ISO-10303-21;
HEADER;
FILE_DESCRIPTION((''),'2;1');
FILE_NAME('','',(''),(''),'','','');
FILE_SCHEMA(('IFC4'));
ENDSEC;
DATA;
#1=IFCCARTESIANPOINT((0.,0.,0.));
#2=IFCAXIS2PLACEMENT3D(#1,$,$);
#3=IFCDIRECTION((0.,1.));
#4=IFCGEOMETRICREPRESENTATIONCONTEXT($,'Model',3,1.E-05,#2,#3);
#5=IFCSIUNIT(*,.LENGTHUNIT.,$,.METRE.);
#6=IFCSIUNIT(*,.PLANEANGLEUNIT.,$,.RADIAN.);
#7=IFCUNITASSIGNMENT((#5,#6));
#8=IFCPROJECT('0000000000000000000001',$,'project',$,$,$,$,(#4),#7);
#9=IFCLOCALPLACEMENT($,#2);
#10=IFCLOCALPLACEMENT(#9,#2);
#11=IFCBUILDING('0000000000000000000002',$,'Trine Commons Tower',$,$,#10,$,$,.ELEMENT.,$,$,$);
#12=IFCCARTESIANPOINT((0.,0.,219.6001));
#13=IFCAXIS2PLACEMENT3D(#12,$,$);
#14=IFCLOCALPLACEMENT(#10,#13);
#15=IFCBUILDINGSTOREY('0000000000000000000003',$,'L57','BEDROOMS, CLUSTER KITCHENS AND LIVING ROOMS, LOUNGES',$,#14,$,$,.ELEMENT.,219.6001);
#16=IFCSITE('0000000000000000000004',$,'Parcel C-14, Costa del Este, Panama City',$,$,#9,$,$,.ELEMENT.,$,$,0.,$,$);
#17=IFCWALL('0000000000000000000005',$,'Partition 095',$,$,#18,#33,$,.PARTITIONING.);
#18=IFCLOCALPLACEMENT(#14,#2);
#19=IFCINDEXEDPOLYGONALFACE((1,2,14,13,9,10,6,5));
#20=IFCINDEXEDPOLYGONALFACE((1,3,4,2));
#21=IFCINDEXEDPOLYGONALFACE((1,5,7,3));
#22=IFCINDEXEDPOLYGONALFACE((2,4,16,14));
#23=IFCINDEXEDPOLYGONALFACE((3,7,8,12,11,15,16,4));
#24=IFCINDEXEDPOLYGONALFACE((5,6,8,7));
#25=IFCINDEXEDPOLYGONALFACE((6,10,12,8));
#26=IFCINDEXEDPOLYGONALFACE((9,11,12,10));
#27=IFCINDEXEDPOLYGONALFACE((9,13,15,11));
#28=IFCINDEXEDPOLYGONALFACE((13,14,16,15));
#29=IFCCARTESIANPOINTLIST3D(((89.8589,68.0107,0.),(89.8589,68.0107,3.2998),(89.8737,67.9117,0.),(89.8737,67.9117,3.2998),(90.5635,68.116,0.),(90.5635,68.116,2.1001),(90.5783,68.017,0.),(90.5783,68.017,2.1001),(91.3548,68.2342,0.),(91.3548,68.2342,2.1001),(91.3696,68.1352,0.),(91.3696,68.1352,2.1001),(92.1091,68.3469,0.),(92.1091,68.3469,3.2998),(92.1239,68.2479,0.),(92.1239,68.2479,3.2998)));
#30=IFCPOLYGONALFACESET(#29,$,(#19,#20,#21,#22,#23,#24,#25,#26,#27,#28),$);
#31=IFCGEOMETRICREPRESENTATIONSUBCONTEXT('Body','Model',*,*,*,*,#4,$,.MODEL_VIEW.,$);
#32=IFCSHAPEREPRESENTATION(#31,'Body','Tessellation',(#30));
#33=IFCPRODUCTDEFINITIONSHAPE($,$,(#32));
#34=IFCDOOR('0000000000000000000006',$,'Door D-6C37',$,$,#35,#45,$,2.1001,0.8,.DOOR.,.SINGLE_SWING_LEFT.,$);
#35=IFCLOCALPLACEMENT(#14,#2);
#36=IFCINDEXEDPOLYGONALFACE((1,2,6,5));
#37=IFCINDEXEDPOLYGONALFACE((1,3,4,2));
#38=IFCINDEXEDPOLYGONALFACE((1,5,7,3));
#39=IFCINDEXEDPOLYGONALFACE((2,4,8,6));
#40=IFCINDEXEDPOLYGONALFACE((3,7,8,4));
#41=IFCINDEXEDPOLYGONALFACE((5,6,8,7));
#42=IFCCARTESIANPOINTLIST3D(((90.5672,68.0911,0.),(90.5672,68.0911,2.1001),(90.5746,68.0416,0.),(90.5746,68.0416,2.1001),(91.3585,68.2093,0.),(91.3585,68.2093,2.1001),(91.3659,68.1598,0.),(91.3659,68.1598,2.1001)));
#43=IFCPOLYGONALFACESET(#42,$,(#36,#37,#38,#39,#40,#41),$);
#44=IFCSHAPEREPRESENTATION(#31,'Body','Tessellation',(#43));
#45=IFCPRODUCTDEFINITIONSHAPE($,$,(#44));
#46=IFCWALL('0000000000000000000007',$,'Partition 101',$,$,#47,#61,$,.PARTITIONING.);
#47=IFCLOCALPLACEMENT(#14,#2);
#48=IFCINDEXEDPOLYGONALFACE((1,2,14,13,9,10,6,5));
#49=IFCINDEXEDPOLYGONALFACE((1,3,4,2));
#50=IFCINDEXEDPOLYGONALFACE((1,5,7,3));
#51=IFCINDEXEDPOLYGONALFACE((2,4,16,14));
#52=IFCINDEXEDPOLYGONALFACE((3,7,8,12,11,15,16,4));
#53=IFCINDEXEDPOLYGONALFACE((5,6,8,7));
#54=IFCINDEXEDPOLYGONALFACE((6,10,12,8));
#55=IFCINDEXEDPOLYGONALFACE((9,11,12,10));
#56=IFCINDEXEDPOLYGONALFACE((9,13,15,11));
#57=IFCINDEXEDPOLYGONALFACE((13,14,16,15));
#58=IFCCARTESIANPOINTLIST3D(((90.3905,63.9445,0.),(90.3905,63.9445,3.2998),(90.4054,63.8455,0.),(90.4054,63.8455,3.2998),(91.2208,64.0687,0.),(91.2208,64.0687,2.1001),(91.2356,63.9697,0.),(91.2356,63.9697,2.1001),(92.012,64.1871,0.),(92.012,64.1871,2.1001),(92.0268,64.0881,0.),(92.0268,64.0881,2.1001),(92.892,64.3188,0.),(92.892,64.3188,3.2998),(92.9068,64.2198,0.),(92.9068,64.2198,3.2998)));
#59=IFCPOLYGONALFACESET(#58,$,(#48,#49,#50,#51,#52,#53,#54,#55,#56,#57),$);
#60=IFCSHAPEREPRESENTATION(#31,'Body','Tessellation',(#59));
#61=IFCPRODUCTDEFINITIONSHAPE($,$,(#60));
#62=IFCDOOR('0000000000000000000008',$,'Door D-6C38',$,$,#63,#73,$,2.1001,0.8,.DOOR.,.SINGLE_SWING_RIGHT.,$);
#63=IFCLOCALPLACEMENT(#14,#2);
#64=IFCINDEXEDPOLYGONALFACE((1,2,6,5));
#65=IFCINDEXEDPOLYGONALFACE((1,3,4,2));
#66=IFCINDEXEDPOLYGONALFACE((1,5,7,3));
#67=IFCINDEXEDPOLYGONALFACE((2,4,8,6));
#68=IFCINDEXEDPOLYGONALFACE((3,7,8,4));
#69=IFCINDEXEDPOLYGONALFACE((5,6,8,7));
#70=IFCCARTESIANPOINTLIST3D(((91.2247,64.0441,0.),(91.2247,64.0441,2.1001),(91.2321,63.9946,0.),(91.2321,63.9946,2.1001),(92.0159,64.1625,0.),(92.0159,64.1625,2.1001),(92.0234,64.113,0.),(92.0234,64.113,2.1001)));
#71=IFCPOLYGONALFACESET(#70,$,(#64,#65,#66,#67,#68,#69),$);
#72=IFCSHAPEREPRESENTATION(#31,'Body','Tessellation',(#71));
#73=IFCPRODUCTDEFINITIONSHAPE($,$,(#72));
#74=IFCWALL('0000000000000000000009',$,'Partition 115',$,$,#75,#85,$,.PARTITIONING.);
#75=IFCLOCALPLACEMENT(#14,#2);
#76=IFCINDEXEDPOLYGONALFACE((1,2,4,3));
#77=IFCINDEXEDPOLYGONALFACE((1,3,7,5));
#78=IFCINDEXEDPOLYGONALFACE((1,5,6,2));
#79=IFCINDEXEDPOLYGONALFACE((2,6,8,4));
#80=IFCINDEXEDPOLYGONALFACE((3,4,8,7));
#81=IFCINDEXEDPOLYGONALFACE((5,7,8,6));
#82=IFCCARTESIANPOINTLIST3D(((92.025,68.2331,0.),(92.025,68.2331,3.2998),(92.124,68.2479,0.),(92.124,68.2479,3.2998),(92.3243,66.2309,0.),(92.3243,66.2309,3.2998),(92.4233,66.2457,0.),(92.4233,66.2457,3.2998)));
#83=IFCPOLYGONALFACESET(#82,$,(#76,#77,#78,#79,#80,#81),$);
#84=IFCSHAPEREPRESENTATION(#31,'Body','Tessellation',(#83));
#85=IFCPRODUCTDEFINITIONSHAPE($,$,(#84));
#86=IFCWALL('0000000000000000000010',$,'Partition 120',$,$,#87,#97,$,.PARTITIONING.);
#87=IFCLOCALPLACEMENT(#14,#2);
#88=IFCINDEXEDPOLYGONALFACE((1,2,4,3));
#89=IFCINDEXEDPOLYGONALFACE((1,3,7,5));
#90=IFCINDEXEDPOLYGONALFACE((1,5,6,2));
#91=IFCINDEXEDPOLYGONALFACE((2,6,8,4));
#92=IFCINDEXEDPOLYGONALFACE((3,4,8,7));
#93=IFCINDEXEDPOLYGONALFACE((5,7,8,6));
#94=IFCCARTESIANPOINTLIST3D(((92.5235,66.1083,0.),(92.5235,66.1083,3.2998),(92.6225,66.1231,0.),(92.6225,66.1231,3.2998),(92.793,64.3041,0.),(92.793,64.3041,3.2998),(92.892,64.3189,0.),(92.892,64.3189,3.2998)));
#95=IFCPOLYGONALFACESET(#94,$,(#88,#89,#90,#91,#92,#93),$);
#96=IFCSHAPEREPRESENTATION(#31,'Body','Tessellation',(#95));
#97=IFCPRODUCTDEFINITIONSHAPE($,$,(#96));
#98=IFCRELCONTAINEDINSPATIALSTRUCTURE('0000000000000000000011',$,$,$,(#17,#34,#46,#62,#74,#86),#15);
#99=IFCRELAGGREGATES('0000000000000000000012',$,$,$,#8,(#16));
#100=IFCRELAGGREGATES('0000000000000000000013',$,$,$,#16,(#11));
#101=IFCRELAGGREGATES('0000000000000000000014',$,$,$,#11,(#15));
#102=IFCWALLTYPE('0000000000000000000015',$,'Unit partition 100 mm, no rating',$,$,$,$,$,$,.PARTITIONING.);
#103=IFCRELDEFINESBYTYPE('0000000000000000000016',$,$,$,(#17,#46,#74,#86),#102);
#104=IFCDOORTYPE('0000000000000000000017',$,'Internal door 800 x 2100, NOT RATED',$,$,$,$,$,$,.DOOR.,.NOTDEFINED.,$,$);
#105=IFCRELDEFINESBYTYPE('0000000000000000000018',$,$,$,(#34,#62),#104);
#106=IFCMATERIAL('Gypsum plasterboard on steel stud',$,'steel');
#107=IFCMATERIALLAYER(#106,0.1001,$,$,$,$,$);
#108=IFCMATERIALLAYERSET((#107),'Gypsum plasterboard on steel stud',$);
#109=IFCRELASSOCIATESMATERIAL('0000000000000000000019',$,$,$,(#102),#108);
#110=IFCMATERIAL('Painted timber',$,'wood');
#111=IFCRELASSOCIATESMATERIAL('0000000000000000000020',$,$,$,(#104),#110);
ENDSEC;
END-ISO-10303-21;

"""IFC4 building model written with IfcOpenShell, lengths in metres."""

from ifc_helpers import new_model, si_unit, direction, frame, frame_2d, origin, place, context, subcontext, project, spatial, rectangle, extrude, material, layer, layer_set, type_object, element, fill, save


model = new_model("IFC4")

# Units and contexts
model_context = context("Model", 3, precision=1e-05, world=origin(), true_north=direction((0.0, 1.0)))
body_context = subcontext(model_context, "Body", "Model", "MODEL_VIEW")
ifc_project = project(units=[si_unit("LENGTHUNIT", "METRE"), si_unit("PLANEANGLEUNIT", "RADIAN")], contexts=[model_context])

# Site, building, storey
site_placement = place(None, origin())
site = spatial("IfcSite", under=ifc_project, at=site_placement, Name="Parcel C-14, Costa del Este, Panama City", CompositionType="ELEMENT", RefElevation=0.0)
building_placement = place(site_placement, origin())
building = spatial("IfcBuilding", under=site, at=building_placement, Name="Trine Commons Tower", CompositionType="ELEMENT")
storey_placement = place(building_placement, frame((0.0, 0.0, 219.6001)))
storey = spatial("IfcBuildingStorey", under=building, at=storey_placement, Name="L57", Description="BEDROOMS, CLUSTER KITCHENS AND LIVING ROOMS, LOUNGES", CompositionType="ELEMENT", Elevation=219.6001)

# Shared definitions
ifc_material_1 = material(Name="Gypsum plasterboard on steel stud", Category="steel")

# Walls, openings, doors
ifc_layer_1 = layer(ifc_material_1, 0.1001)
ifc_layer_set_1 = layer_set([ifc_layer_1], Name="Gypsum plasterboard on steel stud")
wall_type_1 = type_object("IfcWallType", Name="Unit partition 100 mm, no rating", PredefinedType="PARTITIONING", material=ifc_layer_set_1)
ifc_material_2 = material(Name="Painted timber", Category="wood")
door_type_1 = type_object("IfcDoorType", Name="Internal door 800 x 2100, NOT RATED", OperationType="NOTDEFINED", PredefinedType="DOOR", material=ifc_material_2)
wall_1_placement = place(storey_placement, frame((89.8662, 67.9612, 0.0), z_axis=(0.0, 0.0, 1.0), x_axis=(0.989024, 0.147758, 0.0)))
wall_1 = element("IfcWall", 1, at=wall_1_placement, inside=storey, type_object=wall_type_1, Name="Partition 095", PredefinedType="PARTITIONING", context=body_context, shape_type="SweptSolid", body=[
    extrude(rectangle(XDim=2.2751, YDim=0.1001, at=frame_2d((1.1377, 0.0))), origin(), (0.0, 0.0, 1.0), 3.2998),
])
opening_1_placement = place(wall_1_placement, frame((0.7126, 0.0, 0.0)))
opening_1 = element("IfcOpeningElement", 2, at=opening_1_placement, cuts=wall_1, PredefinedType="OPENING", context=body_context, shape_type="SweptSolid", body=[
    extrude(rectangle(XDim=0.8, YDim=2.1001, at=frame_2d((0.3999, 1.05))), frame((0.0, 0.0601, 0.0), z_axis=(0.0, -1.0, 0.0), x_axis=(1.0, 0.0, 0.0)), (0.0, 0.0, 1.0), 0.1201),
])
door_1_placement = place(opening_1_placement, origin())
door_1 = element("IfcDoor", 3, at=door_1_placement, inside=storey, type_object=door_type_1, Name="Door D-6C37", OperationType="SINGLE_SWING_LEFT", OverallHeight=2.1001, OverallWidth=0.8, PredefinedType="DOOR", context=body_context, shape_type="SweptSolid", body=[
    extrude(rectangle(XDim=0.8, YDim=2.1001, at=frame_2d((0.3999, 1.05))), frame((0.0, 0.0249, 0.0), z_axis=(0.0, -1.0, 0.0), x_axis=(1.0, 0.0, 0.0)), (0.0, 0.0, 1.0), 0.05),
])
fill(opening_1, door_1)
wall_2_placement = place(storey_placement, frame((90.3979, 63.895, 0.0), z_axis=(0.0, 0.0, 1.0), x_axis=(0.988992, 0.147972, 0.0)))
wall_2 = element("IfcWall", 4, at=wall_2_placement, inside=storey, type_object=wall_type_1, Name="Partition 101", PredefinedType="PARTITIONING", context=body_context, shape_type="SweptSolid", body=[
    extrude(rectangle(XDim=2.5293, YDim=0.1001, at=frame_2d((1.2646, 0.0))), origin(), (0.0, 0.0, 1.0), 3.2998),
])
opening_2_placement = place(wall_2_placement, frame((0.8396, 0.0, 0.0)))
opening_2 = element("IfcOpeningElement", 5, at=opening_2_placement, cuts=wall_2, PredefinedType="OPENING", context=body_context, shape_type="SweptSolid", body=[
    extrude(rectangle(XDim=0.8, YDim=2.1001, at=frame_2d((0.3999, 1.05))), frame((0.0, 0.0601, 0.0), z_axis=(0.0, -1.0, 0.0), x_axis=(1.0, 0.0, 0.0)), (0.0, 0.0, 1.0), 0.1201),
])
door_2_placement = place(opening_2_placement, frame((0.8, 0.0, 0.0), z_axis=(0.0, 0.0, 1.0), x_axis=(-1.0, 0.0, 0.0)))
door_2 = element("IfcDoor", 6, at=door_2_placement, inside=storey, type_object=door_type_1, Name="Door D-6C38", OperationType="SINGLE_SWING_RIGHT", OverallHeight=2.1001, OverallWidth=0.8, PredefinedType="DOOR", context=body_context, shape_type="SweptSolid", body=[
    extrude(rectangle(XDim=0.8, YDim=2.1001, at=frame_2d((0.3999, 1.05))), frame((0.0, 0.0249, 0.0), z_axis=(0.0, -1.0, 0.0), x_axis=(1.0, 0.0, 0.0)), (0.0, 0.0, 1.0), 0.05),
])
fill(opening_2, door_2)

# Walls
wall_3_placement = place(storey_placement, frame((92.0745, 68.2405, 0.0), z_axis=(0.0, 0.0, 1.0), x_axis=(0.147851, -0.98901, 0.0)))
element("IfcWall", 7, at=wall_3_placement, inside=storey, type_object=wall_type_1, Name="Partition 115", PredefinedType="PARTITIONING", context=body_context, shape_type="SweptSolid", body=[
    extrude(rectangle(XDim=2.0244, YDim=0.1001, at=frame_2d((1.0122, 0.0))), origin(), (0.0, 0.0, 1.0), 3.2998),
])
wall_4_placement = place(storey_placement, frame((92.573, 66.1157, 0.0), z_axis=(0.0, 0.0, 1.0), x_axis=(0.147751, -0.989025, 0.0)))
element("IfcWall", 8, at=wall_4_placement, inside=storey, type_object=wall_type_1, Name="Partition 120", PredefinedType="PARTITIONING", context=body_context, shape_type="SweptSolid", body=[
    extrude(rectangle(XDim=1.8242, YDim=0.1001, at=frame_2d((0.9121, 0.0))), origin(), (0.0, 0.0, 1.0), 3.2998),
])

save(model, "model.ifc")
